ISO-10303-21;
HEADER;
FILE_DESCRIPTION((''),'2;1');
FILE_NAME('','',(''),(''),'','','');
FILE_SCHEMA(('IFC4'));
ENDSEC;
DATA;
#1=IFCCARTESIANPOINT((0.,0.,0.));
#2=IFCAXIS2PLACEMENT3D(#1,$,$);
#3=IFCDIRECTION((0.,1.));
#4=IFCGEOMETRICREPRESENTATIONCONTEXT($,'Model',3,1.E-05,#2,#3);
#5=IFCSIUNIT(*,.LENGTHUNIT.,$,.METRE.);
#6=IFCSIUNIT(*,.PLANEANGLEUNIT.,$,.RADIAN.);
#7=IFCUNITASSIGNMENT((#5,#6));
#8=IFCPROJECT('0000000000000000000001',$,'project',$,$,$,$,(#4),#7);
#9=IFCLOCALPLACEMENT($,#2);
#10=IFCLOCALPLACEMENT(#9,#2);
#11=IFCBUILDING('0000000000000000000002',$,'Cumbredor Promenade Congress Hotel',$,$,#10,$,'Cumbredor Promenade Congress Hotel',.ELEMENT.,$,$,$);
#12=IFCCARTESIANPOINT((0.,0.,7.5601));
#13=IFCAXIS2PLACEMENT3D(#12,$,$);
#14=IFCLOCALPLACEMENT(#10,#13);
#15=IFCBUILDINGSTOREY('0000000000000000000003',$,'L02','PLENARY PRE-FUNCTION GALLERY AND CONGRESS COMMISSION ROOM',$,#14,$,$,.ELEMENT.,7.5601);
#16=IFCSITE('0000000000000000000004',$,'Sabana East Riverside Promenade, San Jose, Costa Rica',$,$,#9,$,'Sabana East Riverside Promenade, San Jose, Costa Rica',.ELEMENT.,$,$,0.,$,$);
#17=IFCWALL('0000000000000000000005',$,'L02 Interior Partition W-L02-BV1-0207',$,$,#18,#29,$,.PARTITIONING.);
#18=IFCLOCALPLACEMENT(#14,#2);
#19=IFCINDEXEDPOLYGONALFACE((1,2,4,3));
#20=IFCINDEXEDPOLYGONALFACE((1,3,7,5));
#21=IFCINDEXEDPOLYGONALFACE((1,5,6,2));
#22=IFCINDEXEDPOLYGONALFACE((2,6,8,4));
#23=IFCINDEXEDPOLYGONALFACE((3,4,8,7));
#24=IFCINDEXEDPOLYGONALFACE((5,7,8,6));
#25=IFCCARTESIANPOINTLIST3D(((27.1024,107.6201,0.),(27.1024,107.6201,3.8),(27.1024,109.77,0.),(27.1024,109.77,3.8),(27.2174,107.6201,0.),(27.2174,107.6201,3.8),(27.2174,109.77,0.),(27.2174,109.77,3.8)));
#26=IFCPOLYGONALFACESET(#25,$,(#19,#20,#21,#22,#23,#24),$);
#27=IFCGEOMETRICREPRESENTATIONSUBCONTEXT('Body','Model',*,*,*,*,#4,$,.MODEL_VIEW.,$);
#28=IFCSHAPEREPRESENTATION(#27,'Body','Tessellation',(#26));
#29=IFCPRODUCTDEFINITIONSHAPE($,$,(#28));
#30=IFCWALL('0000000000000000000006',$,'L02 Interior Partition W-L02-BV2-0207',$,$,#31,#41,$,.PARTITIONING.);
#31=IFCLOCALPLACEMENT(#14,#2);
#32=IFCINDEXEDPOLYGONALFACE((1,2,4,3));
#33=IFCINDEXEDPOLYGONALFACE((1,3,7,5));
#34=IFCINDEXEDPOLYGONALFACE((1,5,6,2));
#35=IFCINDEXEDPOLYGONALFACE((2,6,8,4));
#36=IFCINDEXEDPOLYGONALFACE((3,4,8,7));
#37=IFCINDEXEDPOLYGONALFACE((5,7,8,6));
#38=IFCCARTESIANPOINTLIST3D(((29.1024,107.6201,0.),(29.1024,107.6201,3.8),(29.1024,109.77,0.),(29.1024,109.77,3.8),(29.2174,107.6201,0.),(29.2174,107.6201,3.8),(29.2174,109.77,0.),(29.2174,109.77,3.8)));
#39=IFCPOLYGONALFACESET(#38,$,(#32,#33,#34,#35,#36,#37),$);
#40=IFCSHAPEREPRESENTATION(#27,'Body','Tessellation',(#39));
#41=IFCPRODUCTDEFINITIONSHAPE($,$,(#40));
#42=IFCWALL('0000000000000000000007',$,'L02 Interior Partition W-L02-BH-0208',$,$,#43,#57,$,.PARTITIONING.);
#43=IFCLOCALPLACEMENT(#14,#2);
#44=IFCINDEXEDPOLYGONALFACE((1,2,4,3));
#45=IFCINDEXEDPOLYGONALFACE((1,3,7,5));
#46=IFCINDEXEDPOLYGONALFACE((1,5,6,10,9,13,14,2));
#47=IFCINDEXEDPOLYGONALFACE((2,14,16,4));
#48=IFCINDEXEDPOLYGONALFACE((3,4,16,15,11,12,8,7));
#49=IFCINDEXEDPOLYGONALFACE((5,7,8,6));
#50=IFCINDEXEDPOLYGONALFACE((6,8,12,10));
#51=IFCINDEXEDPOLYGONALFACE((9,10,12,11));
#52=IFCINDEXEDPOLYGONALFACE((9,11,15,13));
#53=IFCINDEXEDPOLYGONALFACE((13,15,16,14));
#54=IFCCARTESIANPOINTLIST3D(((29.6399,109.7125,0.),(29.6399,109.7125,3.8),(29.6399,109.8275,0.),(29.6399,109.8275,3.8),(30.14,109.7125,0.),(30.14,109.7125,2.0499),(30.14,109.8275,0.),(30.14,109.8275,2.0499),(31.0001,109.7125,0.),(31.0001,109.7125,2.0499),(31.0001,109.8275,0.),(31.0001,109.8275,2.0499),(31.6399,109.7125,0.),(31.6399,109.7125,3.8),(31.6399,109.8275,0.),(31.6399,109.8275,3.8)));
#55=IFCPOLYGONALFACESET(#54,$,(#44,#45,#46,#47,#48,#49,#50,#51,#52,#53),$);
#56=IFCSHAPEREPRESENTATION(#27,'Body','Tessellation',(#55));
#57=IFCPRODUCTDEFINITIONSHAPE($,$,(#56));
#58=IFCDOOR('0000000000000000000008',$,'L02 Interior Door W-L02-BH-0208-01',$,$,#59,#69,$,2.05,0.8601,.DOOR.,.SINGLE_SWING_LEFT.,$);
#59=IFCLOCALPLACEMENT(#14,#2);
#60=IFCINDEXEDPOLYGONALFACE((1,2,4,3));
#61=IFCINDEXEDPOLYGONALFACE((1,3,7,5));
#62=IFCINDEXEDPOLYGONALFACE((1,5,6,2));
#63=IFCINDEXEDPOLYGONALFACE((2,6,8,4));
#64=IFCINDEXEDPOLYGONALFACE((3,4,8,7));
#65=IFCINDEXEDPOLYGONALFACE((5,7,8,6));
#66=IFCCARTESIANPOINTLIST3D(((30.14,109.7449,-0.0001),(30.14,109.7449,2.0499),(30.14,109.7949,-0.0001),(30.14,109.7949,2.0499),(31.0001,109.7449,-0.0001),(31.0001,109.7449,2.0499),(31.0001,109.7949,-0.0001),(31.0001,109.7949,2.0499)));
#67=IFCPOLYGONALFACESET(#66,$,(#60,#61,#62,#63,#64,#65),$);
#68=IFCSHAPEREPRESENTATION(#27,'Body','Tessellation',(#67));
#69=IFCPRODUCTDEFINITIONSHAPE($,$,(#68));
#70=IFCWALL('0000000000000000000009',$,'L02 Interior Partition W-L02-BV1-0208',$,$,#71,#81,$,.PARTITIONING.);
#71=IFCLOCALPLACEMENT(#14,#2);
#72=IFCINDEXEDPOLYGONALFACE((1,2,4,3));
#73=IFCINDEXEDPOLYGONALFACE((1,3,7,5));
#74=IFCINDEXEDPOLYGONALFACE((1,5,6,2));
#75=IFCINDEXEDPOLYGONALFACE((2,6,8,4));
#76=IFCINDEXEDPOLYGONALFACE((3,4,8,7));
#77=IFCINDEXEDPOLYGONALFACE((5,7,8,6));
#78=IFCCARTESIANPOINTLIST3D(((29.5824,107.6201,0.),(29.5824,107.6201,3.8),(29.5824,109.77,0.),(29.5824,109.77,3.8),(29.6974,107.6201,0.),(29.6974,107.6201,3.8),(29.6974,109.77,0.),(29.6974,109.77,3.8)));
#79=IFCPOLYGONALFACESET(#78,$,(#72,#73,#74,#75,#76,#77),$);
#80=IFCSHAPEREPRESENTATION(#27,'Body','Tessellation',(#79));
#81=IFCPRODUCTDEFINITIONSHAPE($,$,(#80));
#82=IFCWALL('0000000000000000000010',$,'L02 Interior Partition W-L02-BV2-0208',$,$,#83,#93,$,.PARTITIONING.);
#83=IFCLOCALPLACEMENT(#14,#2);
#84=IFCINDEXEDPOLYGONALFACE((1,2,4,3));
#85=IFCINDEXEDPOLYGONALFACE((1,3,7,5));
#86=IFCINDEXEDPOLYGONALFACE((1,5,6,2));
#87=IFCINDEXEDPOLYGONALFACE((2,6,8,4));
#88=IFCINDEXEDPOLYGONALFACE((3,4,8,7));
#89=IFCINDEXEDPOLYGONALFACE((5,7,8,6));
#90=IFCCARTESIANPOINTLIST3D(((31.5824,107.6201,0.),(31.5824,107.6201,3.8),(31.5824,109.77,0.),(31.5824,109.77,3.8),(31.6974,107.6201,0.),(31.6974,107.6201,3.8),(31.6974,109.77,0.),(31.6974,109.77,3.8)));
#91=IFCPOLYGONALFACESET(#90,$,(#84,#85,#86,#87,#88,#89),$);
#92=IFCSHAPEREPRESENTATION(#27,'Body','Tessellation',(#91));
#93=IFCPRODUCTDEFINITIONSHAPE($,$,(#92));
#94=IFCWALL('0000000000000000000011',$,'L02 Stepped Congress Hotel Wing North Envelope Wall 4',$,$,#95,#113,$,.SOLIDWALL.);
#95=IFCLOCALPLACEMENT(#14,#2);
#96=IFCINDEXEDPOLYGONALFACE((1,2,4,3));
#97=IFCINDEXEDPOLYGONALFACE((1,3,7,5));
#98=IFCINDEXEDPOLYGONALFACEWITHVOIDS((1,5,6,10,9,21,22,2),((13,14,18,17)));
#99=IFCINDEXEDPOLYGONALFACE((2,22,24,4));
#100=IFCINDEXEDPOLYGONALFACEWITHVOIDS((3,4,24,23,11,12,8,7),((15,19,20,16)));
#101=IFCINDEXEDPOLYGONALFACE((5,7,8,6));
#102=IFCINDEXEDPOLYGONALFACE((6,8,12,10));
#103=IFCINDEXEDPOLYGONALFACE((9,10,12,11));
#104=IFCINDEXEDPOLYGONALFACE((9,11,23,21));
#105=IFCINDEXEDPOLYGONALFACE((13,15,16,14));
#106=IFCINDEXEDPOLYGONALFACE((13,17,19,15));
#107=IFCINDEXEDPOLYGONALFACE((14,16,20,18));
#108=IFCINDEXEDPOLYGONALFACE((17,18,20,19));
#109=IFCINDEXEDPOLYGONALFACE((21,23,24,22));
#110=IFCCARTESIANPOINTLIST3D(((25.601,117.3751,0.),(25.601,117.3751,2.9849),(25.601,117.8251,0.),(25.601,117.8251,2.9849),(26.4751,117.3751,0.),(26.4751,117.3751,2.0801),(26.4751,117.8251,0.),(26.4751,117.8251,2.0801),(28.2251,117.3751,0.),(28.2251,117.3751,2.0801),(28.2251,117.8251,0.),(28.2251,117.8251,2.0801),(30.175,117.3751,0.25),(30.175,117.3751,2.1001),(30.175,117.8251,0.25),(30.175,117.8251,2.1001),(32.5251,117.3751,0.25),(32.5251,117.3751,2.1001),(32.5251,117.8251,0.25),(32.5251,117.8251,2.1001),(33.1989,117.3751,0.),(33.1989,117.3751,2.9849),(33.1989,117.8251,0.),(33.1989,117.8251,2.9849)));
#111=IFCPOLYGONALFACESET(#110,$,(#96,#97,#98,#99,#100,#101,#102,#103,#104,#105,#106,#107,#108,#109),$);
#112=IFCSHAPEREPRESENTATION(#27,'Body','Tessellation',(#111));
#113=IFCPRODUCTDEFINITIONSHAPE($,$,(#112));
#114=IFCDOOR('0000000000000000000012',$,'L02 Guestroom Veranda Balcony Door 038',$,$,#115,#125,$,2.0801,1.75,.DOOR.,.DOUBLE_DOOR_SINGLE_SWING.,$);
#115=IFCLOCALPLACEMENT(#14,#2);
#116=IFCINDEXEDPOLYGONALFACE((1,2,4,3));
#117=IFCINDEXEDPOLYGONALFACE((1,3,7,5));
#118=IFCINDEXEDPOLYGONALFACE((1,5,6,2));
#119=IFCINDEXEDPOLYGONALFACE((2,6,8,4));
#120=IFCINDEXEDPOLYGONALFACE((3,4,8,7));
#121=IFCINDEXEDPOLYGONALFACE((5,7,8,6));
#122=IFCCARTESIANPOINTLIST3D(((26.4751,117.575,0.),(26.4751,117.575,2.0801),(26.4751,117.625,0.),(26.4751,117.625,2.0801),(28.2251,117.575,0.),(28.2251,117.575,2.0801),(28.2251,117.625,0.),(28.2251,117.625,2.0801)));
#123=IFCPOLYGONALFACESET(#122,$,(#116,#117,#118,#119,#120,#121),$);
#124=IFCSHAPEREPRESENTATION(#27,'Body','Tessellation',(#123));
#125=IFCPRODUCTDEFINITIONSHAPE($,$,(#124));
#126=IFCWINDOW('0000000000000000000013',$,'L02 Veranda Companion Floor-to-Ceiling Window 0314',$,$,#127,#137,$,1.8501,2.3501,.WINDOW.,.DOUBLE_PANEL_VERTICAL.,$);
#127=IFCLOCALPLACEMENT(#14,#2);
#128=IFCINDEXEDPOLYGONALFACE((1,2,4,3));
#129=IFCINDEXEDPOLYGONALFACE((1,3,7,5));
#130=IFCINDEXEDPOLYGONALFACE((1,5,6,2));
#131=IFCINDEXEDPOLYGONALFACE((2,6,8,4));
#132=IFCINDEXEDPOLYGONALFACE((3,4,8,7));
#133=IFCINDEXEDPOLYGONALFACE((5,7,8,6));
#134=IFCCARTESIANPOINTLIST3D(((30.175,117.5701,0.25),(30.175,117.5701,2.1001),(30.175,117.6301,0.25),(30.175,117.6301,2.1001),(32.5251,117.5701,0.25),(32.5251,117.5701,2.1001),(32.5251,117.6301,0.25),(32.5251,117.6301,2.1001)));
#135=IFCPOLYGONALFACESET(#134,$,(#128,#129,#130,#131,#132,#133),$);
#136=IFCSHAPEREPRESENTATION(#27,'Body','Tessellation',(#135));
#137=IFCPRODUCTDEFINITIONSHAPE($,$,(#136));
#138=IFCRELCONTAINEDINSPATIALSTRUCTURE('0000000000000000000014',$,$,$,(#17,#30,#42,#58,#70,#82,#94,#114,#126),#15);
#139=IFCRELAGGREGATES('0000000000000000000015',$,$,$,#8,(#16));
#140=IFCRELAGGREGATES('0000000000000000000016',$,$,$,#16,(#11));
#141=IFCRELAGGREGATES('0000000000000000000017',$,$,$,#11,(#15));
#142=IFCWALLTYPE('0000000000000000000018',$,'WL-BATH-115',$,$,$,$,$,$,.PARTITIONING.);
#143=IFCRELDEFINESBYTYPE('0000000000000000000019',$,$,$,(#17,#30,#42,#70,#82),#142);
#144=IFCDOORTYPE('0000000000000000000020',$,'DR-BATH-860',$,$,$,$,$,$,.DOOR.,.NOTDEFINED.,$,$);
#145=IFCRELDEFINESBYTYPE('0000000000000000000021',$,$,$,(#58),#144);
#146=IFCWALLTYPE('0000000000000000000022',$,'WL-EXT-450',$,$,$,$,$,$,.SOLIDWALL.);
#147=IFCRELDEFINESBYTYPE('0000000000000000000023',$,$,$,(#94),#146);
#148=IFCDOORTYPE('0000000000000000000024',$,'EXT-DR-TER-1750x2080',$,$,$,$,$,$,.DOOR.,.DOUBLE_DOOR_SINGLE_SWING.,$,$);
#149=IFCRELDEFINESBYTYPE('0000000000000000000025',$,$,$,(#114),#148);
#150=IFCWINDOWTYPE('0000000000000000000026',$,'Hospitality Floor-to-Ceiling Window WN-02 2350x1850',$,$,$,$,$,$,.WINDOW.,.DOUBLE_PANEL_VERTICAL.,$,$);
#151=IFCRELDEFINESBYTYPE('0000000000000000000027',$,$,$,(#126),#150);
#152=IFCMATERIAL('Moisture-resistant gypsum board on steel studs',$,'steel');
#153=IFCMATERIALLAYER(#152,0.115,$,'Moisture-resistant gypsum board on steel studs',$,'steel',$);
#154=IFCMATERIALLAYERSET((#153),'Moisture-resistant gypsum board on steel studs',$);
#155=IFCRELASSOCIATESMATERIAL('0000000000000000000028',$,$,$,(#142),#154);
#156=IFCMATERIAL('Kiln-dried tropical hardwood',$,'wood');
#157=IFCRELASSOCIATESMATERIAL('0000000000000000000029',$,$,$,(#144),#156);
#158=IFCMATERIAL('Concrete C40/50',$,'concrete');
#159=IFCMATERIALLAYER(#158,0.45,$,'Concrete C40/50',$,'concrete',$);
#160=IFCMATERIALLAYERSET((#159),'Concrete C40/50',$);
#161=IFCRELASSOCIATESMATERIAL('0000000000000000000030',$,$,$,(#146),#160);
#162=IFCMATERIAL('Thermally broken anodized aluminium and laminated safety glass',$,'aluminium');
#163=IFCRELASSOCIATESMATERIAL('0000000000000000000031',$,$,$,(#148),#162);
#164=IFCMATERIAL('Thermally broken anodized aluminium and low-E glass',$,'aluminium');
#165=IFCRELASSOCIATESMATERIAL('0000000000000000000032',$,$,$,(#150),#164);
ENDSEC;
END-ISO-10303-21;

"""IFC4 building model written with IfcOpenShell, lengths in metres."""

from ifc_helpers import new_model, si_unit, direction, frame, frame_2d, origin, place, context, subcontext, project, spatial, rectangle, extrude, material, layer, layer_set, type_object, element, fill, save


model = new_model("IFC4")

# Units and contexts
model_context = context("Model", 3, precision=1e-05, world=origin(), true_north=direction((0.0, 1.0)))
body_context = subcontext(model_context, "Body", "Model", "MODEL_VIEW")
ifc_project = project(units=[si_unit("LENGTHUNIT", "METRE"), si_unit("PLANEANGLEUNIT", "RADIAN")], contexts=[model_context])

# Site, building, storey
site_placement = place(None, origin())
site = spatial("IfcSite", under=ifc_project, at=site_placement, Name="Sabana East Riverside Promenade, San Jose, Costa Rica", LongName="Sabana East Riverside Promenade, San Jose, Costa Rica", CompositionType="ELEMENT", RefElevation=0.0)
building_placement = place(site_placement, origin())
building = spatial("IfcBuilding", under=site, at=building_placement, Name="Cumbredor Promenade Congress Hotel", LongName="Cumbredor Promenade Congress Hotel", CompositionType="ELEMENT")
storey_placement = place(building_placement, frame((0.0, 0.0, 7.5601)))
storey = spatial("IfcBuildingStorey", under=building, at=storey_placement, Name="L02", Description="PLENARY PRE-FUNCTION GALLERY AND CONGRESS COMMISSION ROOM", CompositionType="ELEMENT", Elevation=7.5601)

# Shared definitions
ifc_material_1 = material(Name="Concrete C40/50", Category="concrete")

# Shared definitions
ifc_material_2 = material(Name="Thermally broken anodized aluminium and low-E glass", Category="aluminium")

# Shared definitions
ifc_material_3 = material(Name="Kiln-dried tropical hardwood", Category="wood")

# Shared definitions
ifc_material_4 = material(Name="Moisture-resistant gypsum board on steel studs", Category="steel")
ifc_layer_1 = layer(ifc_material_4, 0.115, Name="Moisture-resistant gypsum board on steel studs", Category="steel")
ifc_layer_set_1 = layer_set([ifc_layer_1], Name="Moisture-resistant gypsum board on steel studs")
wall_type_1 = type_object("IfcWallType", Name="WL-BATH-115", PredefinedType="PARTITIONING", material=ifc_layer_set_1)
door_type_1 = type_object("IfcDoorType", Name="DR-BATH-860", OperationType="NOTDEFINED", PredefinedType="DOOR", material=ifc_material_3)

# Walls
for number, where, z_axis, x_axis, name in (
    (1, (27.1599, 107.6201, 0.0), (0.0, 0.0, 1.0), (0.0, 1.0, 0.0), "L02 Interior Partition W-L02-BV1-0207"),
    (2, (29.1599, 107.6201, 0.0), (0.0, 0.0, 1.0), (0.0, 1.0, 0.0), "L02 Interior Partition W-L02-BV2-0207"),
):
    element("IfcWall", number, at=place(storey_placement, frame(where, z_axis=z_axis, x_axis=x_axis)), inside=storey, type_object=wall_type_1, Name=name, PredefinedType="PARTITIONING", context=body_context, shape_type="SweptSolid", body=[
        extrude(rectangle(XDim=2.1499, YDim=0.115, at=frame_2d((1.075, 0.0))), origin(), (0.0, 0.0, 1.0), 3.8),
    ])

# Wall, opening, door
wall_1_placement = place(storey_placement, frame((29.6399, 109.77, 0.0), z_axis=(0.0, 0.0, 1.0), x_axis=(1.0, 0.0, 0.0)))
wall_1 = element("IfcWall", 3, at=wall_1_placement, inside=storey, type_object=wall_type_1, Name="L02 Interior Partition W-L02-BH-0208", PredefinedType="PARTITIONING", context=body_context, shape_type="SweptSolid", body=[
    extrude(rectangle(XDim=2.0, YDim=0.115, at=frame_2d((1.0, 0.0))), origin(), (0.0, 0.0, 1.0), 3.8),
])
opening_1_placement = place(wall_1_placement, frame((0.5, 0.0, 0.0)))
opening_1 = element("IfcOpeningElement", 4, at=opening_1_placement, cuts=wall_1, PredefinedType="OPENING", context=body_context, shape_type="SweptSolid", body=[
    extrude(rectangle(XDim=0.8601, YDim=2.05, at=frame_2d((0.4302, 1.0249))), frame((0.0, 0.0674, 0.0), z_axis=(0.0, -1.0, 0.0), x_axis=(1.0, 0.0, 0.0)), (0.0, 0.0, 1.0), 0.135),
])
door_1_placement = place(opening_1_placement, origin())
door_1 = element("IfcDoor", 5, at=door_1_placement, inside=storey, type_object=door_type_1, Name="L02 Interior Door W-L02-BH-0208-01", OperationType="SINGLE_SWING_LEFT", OverallHeight=2.05, OverallWidth=0.8601, PredefinedType="DOOR", context=body_context, shape_type="SweptSolid", body=[
    extrude(rectangle(XDim=0.8601, YDim=2.05, at=frame_2d((0.4302, 1.0249))), frame((0.0, 0.0249, 0.0), z_axis=(0.0, -1.0, 0.0), x_axis=(1.0, 0.0, 0.0)), (0.0, 0.0, 1.0), 0.05),
])
fill(opening_1, door_1)

# Walls
for number, where, z_axis, x_axis, name in (
    (6, (29.6399, 107.6201, 0.0), (0.0, 0.0, 1.0), (0.0, 1.0, 0.0), "L02 Interior Partition W-L02-BV1-0208"),
    (7, (31.6399, 107.6201, 0.0), (0.0, 0.0, 1.0), (0.0, 1.0, 0.0), "L02 Interior Partition W-L02-BV2-0208"),
):
    element("IfcWall", number, at=place(storey_placement, frame(where, z_axis=z_axis, x_axis=x_axis)), inside=storey, type_object=wall_type_1, Name=name, PredefinedType="PARTITIONING", context=body_context, shape_type="SweptSolid", body=[
        extrude(rectangle(XDim=2.1499, YDim=0.115, at=frame_2d((1.075, 0.0))), origin(), (0.0, 0.0, 1.0), 3.8),
    ])

# Wall, openings, door, window
ifc_layer_2 = layer(ifc_material_1, 0.45, Name="Concrete C40/50", Category="concrete")
ifc_layer_set_2 = layer_set([ifc_layer_2], Name="Concrete C40/50")
wall_type_2 = type_object("IfcWallType", Name="WL-EXT-450", PredefinedType="SOLIDWALL", material=ifc_layer_set_2)
wall_2_placement = place(storey_placement, frame((25.6011, 117.6001, 0.0), z_axis=(0.0, 0.0, 1.0), x_axis=(1.0, 0.0, 0.0)))
wall_2 = element("IfcWall", 8, at=wall_2_placement, inside=storey, type_object=wall_type_2, Name="L02 Stepped Congress Hotel Wing North Envelope Wall 4", PredefinedType="SOLIDWALL", context=body_context, shape_type="SweptSolid", body=[
    extrude(rectangle(XDim=7.5979, YDim=0.45, at=frame_2d((3.7988, 0.0))), origin(), (0.0, 0.0, 1.0), 2.9849),
])
opening_2_placement = place(wall_2_placement, frame((0.874, 0.0, 0.0)))
opening_2 = element("IfcOpeningElement", 9, at=opening_2_placement, cuts=wall_2, PredefinedType="OPENING", context=body_context, shape_type="SweptSolid", body=[
    extrude(rectangle(XDim=1.75, YDim=2.0801, at=frame_2d((0.875, 1.04))), frame((0.0, 0.2349, 0.0), z_axis=(0.0, -1.0, 0.0), x_axis=(1.0, 0.0, 0.0)), (0.0, 0.0, 1.0), 0.47),
])
opening_3_placement = place(wall_2_placement, frame((4.574, 0.0, 0.25)))
opening_3 = element("IfcOpeningElement", 10, at=opening_3_placement, cuts=wall_2, PredefinedType="OPENING", context=body_context, shape_type="SweptSolid", body=[
    extrude(rectangle(XDim=2.3501, YDim=1.8501, at=frame_2d((1.175, 0.925))), frame((0.0, 0.2349, 0.0), z_axis=(0.0, -1.0, 0.0), x_axis=(1.0, 0.0, 0.0)), (0.0, 0.0, 1.0), 0.47),
])
ifc_material_5 = material(Name="Thermally broken anodized aluminium and laminated safety glass", Category="aluminium")
door_type_2 = type_object("IfcDoorType", Name="EXT-DR-TER-1750x2080", OperationType="DOUBLE_DOOR_SINGLE_SWING", PredefinedType="DOOR", material=ifc_material_5)
door_2_placement = place(opening_2_placement, origin())
door_2 = element("IfcDoor", 11, at=door_2_placement, inside=storey, type_object=door_type_2, Name="L02 Guestroom Veranda Balcony Door 038", OperationType="DOUBLE_DOOR_SINGLE_SWING", OverallHeight=2.0801, OverallWidth=1.75, PredefinedType="DOOR", context=body_context, shape_type="SweptSolid", body=[
    extrude(rectangle(XDim=1.75, YDim=2.0801, at=frame_2d((0.875, 1.04))), frame((0.0, 0.0249, 0.0), z_axis=(0.0, -1.0, 0.0), x_axis=(1.0, 0.0, 0.0)), (0.0, 0.0, 1.0), 0.05),
])
fill(opening_2, door_2)
window_type = type_object("IfcWindowType", Name="Hospitality Floor-to-Ceiling Window WN-02 2350x1850", PartitioningType="DOUBLE_PANEL_VERTICAL", PredefinedType="WINDOW", material=ifc_material_2)
window_placement = place(opening_3_placement, origin())
window = element("IfcWindow", 12, at=window_placement, inside=storey, type_object=window_type, Name="L02 Veranda Companion Floor-to-Ceiling Window 0314", OverallHeight=1.8501, OverallWidth=2.3501, PartitioningType="DOUBLE_PANEL_VERTICAL", PredefinedType="WINDOW", context=body_context, shape_type="SweptSolid", body=[
    extrude(rectangle(XDim=2.3501, YDim=1.8501, at=frame_2d((1.175, 0.925))), frame((0.0, 0.03, 0.0), z_axis=(0.0, -1.0, 0.0), x_axis=(1.0, 0.0, 0.0)), (0.0, 0.0, 1.0), 0.0601),
])
fill(opening_3, window)

save(model, "model.ifc")
